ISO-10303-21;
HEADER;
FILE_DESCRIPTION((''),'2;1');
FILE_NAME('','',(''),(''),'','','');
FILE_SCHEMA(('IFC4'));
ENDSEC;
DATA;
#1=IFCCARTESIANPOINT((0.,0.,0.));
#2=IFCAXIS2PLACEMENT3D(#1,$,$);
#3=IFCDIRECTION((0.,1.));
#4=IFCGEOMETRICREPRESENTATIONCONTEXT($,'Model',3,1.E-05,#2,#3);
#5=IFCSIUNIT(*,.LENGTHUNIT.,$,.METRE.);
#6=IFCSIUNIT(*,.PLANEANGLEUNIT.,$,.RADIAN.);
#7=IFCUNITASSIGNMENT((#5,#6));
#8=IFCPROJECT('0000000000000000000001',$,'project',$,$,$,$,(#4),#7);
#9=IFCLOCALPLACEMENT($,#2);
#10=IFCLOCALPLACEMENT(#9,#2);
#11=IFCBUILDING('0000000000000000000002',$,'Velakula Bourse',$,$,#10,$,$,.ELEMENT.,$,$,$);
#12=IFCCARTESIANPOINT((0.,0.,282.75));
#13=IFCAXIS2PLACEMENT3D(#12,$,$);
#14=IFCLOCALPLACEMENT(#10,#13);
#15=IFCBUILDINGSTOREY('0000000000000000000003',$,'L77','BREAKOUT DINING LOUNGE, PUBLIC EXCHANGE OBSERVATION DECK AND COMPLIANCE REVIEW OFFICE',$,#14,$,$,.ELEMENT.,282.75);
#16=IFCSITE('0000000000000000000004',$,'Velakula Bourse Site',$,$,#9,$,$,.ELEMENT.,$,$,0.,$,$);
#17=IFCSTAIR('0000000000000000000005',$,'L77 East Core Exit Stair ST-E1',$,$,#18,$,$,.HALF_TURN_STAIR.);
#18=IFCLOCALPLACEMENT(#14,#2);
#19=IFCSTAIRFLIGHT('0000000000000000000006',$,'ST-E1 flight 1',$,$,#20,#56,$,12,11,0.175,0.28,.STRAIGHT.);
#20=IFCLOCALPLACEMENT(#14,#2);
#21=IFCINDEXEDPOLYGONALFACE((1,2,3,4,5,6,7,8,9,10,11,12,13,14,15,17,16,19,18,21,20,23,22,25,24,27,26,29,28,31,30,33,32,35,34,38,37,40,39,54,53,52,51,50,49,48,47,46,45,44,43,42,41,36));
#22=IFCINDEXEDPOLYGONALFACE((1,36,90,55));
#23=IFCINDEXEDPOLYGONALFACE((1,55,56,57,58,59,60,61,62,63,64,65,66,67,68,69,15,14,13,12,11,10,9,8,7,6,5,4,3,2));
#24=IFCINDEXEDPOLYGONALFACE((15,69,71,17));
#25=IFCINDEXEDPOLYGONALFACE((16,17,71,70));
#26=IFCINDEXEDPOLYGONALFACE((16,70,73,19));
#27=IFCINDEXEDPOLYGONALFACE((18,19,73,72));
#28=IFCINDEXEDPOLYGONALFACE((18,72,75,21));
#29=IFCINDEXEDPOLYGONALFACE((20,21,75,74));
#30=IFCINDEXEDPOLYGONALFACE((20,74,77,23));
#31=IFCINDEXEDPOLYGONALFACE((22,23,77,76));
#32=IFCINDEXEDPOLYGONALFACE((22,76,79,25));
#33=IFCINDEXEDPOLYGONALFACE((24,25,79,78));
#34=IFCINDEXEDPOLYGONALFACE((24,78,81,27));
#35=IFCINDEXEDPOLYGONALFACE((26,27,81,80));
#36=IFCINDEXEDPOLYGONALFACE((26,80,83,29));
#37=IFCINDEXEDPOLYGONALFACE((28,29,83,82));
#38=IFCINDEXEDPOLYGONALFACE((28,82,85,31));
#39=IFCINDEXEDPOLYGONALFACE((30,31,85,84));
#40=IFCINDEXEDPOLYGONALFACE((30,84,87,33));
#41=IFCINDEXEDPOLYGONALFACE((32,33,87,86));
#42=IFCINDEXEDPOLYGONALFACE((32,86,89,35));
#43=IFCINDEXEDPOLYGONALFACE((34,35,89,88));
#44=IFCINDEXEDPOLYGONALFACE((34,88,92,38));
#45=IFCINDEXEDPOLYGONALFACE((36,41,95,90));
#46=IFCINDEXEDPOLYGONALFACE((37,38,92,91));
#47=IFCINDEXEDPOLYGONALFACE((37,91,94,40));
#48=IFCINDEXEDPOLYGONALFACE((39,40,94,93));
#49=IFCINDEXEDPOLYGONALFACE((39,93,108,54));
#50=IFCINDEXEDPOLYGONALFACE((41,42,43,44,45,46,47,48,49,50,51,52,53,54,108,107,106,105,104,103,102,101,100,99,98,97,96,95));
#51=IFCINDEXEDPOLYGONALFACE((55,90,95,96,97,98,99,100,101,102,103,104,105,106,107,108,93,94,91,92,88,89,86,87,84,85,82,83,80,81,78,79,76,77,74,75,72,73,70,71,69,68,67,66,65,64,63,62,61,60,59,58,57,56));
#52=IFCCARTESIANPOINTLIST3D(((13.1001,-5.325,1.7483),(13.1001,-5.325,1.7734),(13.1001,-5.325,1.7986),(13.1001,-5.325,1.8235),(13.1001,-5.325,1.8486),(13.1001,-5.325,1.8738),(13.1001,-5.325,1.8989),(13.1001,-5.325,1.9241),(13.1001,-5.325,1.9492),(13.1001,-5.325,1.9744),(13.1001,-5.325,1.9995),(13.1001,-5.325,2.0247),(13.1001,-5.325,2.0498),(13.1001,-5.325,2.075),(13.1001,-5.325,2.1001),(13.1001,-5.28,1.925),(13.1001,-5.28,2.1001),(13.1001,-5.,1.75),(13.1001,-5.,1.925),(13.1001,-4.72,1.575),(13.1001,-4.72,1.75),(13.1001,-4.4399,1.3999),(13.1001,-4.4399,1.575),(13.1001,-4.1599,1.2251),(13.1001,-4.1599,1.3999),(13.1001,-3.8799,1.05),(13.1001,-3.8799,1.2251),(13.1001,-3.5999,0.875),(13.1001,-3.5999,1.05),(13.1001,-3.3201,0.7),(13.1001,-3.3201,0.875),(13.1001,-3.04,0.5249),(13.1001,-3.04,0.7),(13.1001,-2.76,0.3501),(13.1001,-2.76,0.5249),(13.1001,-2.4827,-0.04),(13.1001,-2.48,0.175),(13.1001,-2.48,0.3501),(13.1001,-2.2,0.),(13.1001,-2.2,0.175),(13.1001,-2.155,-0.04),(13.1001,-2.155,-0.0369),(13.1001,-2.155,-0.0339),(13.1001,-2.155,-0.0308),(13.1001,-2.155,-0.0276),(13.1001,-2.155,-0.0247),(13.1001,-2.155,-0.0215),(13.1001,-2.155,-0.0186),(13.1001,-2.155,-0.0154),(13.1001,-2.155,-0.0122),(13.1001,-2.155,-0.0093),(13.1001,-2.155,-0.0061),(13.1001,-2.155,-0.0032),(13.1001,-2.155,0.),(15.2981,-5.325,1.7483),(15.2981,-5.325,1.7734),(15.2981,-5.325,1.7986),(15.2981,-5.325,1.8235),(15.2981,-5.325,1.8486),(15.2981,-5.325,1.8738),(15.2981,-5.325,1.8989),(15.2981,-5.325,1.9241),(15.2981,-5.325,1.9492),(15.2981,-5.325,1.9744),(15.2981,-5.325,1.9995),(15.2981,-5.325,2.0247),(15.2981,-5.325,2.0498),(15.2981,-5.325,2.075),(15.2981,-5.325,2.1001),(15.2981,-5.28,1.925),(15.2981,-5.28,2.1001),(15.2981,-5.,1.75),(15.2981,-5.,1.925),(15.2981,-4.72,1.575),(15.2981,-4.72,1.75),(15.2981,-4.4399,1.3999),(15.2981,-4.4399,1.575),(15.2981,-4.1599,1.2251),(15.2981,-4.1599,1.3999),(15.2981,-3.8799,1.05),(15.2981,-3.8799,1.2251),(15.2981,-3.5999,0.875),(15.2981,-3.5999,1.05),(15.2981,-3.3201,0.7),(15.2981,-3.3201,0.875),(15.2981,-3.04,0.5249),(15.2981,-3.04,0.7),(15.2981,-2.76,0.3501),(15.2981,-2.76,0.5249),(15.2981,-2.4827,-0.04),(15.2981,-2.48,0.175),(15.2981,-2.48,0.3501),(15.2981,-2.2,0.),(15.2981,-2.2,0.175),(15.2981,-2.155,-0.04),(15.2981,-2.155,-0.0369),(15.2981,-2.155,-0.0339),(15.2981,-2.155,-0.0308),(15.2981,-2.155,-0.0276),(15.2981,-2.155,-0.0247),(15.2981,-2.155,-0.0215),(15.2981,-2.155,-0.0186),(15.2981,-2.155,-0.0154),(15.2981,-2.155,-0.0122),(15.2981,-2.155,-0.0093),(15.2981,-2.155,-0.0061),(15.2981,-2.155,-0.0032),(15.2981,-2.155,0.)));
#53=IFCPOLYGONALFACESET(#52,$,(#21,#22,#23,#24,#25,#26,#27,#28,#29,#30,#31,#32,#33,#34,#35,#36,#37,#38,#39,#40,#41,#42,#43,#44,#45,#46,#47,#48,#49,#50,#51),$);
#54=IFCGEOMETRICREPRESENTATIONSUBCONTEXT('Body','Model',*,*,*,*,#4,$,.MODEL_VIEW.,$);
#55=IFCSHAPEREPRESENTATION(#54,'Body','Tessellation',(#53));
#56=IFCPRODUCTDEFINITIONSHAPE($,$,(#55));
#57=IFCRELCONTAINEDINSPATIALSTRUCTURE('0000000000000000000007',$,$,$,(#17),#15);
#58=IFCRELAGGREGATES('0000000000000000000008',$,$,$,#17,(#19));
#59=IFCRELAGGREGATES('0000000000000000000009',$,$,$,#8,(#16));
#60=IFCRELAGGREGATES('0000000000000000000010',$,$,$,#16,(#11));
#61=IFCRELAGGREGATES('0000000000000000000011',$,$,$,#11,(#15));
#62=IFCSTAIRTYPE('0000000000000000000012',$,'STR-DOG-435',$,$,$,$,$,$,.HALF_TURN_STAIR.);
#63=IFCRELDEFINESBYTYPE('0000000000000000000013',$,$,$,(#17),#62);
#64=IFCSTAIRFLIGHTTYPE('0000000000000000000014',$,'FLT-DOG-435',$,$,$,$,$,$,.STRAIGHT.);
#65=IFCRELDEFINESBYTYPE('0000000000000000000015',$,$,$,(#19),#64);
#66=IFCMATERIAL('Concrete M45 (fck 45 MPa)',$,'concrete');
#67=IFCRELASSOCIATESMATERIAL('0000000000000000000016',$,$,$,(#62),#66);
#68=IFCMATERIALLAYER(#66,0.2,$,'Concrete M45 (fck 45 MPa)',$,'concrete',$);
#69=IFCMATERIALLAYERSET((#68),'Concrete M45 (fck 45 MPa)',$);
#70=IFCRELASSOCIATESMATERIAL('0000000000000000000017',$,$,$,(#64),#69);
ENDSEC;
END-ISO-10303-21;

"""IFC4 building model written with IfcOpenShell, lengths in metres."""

from ifc_helpers import new_model, si_unit, direction, frame, origin, place, context, subcontext, project, spatial, polyline, outline, extrude, material, layer, layer_set, type_object, element, aggregate, save


model = new_model("IFC4")

# Units and contexts
model_context = context("Model", 3, precision=1e-05, world=origin(), true_north=direction((0.0, 1.0)))
body_context = subcontext(model_context, "Body", "Model", "MODEL_VIEW")
ifc_project = project(units=[si_unit("LENGTHUNIT", "METRE"), si_unit("PLANEANGLEUNIT", "RADIAN")], contexts=[model_context])

# Site, building, storey
site_placement = place(None, origin())
site = spatial("IfcSite", under=ifc_project, at=site_placement, Name="Velakula Bourse Site", CompositionType="ELEMENT", RefElevation=0.0)
building_placement = place(site_placement, origin())
building = spatial("IfcBuilding", under=site, at=building_placement, Name="Velakula Bourse", CompositionType="ELEMENT")
storey_placement = place(building_placement, frame((0.0, 0.0, 282.75)))
storey = spatial("IfcBuildingStorey", under=building, at=storey_placement, Name="L77", Description="BREAKOUT DINING LOUNGE, PUBLIC EXCHANGE OBSERVATION DECK AND COMPLIANCE REVIEW OFFICE", CompositionType="ELEMENT", Elevation=282.75)

# Stair, stair flight
ifc_material_1 = material(Name="Concrete M45 (fck 45 MPa)", Category="concrete")
stair_type = type_object("IfcStairType", Name="STR-DOG-435", PredefinedType="HALF_TURN_STAIR", material=ifc_material_1)
stair_placement = place(storey_placement, origin())
stair = element("IfcStair", 1, at=stair_placement, inside=storey, type_object=stair_type, Name="L77 East Core Exit Stair ST-E1", PredefinedType="HALF_TURN_STAIR")
ifc_layer_1 = layer(ifc_material_1, 0.2, Name="Concrete M45 (fck 45 MPa)", Category="concrete")
ifc_layer_set_1 = layer_set([ifc_layer_1], Name="Concrete M45 (fck 45 MPa)")
stair_flight_type = type_object("IfcStairFlightType", Name="FLT-DOG-435", PredefinedType="STRAIGHT", material=ifc_layer_set_1)
stair_flight_placement = place(storey_placement, frame((14.199, -2.2, 0.0), z_axis=(0.0, 0.0, 1.0), x_axis=(0.0, -1.0, 0.0)))
stair_flight = element("IfcStairFlight", 2, at=stair_flight_placement, type_object=stair_flight_type, Name="ST-E1 flight 1", NumberOfRisers=12, NumberOfTreads=11, PredefinedType="STRAIGHT", RiserHeight=0.175, TreadLength=0.28, context=body_context, shape_type="SweptSolid", body=[
    extrude(outline(polyline([(-0.0449, -0.04), (-0.0449, -0.0369), (-0.0449, -0.0339), (-0.0449, -0.0308), (-0.0449, -0.0276), (-0.0449, -0.0247), (-0.0449, -0.0215), (-0.0449, -0.0186), (-0.0449, -0.0154), (-0.0449, -0.0122), (-0.0449, -0.0093), (-0.0449, -0.0061), (-0.0449, -0.0032), (-0.0449, 0.0), (0.0, 0.0), (0.0, 0.175), (0.28, 0.175), (0.28, 0.3501), (0.5601, 0.3501), (0.5601, 0.5249), (0.8401, 0.5249), (0.8401, 0.7), (1.1201, 0.7), (1.1201, 0.875), (1.3999, 0.875), (1.3999, 1.05), (1.6799, 1.05), (1.6799, 1.2251), (1.96, 1.2251), (1.96, 1.3999), (2.24, 1.3999), (2.24, 1.575), (2.52, 1.575), (2.52, 1.75), (2.8, 1.75), (2.8, 1.925), (3.0801, 1.925), (3.0801, 2.1001), (3.125, 2.1001), (3.125, 2.075), (3.125, 2.0498), (3.125, 2.0247), (3.125, 1.9995), (3.125, 1.9744), (3.125, 1.9492), (3.125, 1.9241), (3.125, 1.8989), (3.125, 1.8738), (3.125, 1.8486), (3.125, 1.8235), (3.125, 1.7986), (3.125, 1.7734), (3.125, 1.7483), (0.2827, -0.04), (-0.0449, -0.04)])), frame((0.0, 1.0991, 0.0), z_axis=(0.0, -1.0, 0.0), x_axis=(1.0, 0.0, 0.0)), (0.0, 0.0, 1.0), 2.198),
])
aggregate(stair, [stair_flight])

save(model, "model.ifc")
